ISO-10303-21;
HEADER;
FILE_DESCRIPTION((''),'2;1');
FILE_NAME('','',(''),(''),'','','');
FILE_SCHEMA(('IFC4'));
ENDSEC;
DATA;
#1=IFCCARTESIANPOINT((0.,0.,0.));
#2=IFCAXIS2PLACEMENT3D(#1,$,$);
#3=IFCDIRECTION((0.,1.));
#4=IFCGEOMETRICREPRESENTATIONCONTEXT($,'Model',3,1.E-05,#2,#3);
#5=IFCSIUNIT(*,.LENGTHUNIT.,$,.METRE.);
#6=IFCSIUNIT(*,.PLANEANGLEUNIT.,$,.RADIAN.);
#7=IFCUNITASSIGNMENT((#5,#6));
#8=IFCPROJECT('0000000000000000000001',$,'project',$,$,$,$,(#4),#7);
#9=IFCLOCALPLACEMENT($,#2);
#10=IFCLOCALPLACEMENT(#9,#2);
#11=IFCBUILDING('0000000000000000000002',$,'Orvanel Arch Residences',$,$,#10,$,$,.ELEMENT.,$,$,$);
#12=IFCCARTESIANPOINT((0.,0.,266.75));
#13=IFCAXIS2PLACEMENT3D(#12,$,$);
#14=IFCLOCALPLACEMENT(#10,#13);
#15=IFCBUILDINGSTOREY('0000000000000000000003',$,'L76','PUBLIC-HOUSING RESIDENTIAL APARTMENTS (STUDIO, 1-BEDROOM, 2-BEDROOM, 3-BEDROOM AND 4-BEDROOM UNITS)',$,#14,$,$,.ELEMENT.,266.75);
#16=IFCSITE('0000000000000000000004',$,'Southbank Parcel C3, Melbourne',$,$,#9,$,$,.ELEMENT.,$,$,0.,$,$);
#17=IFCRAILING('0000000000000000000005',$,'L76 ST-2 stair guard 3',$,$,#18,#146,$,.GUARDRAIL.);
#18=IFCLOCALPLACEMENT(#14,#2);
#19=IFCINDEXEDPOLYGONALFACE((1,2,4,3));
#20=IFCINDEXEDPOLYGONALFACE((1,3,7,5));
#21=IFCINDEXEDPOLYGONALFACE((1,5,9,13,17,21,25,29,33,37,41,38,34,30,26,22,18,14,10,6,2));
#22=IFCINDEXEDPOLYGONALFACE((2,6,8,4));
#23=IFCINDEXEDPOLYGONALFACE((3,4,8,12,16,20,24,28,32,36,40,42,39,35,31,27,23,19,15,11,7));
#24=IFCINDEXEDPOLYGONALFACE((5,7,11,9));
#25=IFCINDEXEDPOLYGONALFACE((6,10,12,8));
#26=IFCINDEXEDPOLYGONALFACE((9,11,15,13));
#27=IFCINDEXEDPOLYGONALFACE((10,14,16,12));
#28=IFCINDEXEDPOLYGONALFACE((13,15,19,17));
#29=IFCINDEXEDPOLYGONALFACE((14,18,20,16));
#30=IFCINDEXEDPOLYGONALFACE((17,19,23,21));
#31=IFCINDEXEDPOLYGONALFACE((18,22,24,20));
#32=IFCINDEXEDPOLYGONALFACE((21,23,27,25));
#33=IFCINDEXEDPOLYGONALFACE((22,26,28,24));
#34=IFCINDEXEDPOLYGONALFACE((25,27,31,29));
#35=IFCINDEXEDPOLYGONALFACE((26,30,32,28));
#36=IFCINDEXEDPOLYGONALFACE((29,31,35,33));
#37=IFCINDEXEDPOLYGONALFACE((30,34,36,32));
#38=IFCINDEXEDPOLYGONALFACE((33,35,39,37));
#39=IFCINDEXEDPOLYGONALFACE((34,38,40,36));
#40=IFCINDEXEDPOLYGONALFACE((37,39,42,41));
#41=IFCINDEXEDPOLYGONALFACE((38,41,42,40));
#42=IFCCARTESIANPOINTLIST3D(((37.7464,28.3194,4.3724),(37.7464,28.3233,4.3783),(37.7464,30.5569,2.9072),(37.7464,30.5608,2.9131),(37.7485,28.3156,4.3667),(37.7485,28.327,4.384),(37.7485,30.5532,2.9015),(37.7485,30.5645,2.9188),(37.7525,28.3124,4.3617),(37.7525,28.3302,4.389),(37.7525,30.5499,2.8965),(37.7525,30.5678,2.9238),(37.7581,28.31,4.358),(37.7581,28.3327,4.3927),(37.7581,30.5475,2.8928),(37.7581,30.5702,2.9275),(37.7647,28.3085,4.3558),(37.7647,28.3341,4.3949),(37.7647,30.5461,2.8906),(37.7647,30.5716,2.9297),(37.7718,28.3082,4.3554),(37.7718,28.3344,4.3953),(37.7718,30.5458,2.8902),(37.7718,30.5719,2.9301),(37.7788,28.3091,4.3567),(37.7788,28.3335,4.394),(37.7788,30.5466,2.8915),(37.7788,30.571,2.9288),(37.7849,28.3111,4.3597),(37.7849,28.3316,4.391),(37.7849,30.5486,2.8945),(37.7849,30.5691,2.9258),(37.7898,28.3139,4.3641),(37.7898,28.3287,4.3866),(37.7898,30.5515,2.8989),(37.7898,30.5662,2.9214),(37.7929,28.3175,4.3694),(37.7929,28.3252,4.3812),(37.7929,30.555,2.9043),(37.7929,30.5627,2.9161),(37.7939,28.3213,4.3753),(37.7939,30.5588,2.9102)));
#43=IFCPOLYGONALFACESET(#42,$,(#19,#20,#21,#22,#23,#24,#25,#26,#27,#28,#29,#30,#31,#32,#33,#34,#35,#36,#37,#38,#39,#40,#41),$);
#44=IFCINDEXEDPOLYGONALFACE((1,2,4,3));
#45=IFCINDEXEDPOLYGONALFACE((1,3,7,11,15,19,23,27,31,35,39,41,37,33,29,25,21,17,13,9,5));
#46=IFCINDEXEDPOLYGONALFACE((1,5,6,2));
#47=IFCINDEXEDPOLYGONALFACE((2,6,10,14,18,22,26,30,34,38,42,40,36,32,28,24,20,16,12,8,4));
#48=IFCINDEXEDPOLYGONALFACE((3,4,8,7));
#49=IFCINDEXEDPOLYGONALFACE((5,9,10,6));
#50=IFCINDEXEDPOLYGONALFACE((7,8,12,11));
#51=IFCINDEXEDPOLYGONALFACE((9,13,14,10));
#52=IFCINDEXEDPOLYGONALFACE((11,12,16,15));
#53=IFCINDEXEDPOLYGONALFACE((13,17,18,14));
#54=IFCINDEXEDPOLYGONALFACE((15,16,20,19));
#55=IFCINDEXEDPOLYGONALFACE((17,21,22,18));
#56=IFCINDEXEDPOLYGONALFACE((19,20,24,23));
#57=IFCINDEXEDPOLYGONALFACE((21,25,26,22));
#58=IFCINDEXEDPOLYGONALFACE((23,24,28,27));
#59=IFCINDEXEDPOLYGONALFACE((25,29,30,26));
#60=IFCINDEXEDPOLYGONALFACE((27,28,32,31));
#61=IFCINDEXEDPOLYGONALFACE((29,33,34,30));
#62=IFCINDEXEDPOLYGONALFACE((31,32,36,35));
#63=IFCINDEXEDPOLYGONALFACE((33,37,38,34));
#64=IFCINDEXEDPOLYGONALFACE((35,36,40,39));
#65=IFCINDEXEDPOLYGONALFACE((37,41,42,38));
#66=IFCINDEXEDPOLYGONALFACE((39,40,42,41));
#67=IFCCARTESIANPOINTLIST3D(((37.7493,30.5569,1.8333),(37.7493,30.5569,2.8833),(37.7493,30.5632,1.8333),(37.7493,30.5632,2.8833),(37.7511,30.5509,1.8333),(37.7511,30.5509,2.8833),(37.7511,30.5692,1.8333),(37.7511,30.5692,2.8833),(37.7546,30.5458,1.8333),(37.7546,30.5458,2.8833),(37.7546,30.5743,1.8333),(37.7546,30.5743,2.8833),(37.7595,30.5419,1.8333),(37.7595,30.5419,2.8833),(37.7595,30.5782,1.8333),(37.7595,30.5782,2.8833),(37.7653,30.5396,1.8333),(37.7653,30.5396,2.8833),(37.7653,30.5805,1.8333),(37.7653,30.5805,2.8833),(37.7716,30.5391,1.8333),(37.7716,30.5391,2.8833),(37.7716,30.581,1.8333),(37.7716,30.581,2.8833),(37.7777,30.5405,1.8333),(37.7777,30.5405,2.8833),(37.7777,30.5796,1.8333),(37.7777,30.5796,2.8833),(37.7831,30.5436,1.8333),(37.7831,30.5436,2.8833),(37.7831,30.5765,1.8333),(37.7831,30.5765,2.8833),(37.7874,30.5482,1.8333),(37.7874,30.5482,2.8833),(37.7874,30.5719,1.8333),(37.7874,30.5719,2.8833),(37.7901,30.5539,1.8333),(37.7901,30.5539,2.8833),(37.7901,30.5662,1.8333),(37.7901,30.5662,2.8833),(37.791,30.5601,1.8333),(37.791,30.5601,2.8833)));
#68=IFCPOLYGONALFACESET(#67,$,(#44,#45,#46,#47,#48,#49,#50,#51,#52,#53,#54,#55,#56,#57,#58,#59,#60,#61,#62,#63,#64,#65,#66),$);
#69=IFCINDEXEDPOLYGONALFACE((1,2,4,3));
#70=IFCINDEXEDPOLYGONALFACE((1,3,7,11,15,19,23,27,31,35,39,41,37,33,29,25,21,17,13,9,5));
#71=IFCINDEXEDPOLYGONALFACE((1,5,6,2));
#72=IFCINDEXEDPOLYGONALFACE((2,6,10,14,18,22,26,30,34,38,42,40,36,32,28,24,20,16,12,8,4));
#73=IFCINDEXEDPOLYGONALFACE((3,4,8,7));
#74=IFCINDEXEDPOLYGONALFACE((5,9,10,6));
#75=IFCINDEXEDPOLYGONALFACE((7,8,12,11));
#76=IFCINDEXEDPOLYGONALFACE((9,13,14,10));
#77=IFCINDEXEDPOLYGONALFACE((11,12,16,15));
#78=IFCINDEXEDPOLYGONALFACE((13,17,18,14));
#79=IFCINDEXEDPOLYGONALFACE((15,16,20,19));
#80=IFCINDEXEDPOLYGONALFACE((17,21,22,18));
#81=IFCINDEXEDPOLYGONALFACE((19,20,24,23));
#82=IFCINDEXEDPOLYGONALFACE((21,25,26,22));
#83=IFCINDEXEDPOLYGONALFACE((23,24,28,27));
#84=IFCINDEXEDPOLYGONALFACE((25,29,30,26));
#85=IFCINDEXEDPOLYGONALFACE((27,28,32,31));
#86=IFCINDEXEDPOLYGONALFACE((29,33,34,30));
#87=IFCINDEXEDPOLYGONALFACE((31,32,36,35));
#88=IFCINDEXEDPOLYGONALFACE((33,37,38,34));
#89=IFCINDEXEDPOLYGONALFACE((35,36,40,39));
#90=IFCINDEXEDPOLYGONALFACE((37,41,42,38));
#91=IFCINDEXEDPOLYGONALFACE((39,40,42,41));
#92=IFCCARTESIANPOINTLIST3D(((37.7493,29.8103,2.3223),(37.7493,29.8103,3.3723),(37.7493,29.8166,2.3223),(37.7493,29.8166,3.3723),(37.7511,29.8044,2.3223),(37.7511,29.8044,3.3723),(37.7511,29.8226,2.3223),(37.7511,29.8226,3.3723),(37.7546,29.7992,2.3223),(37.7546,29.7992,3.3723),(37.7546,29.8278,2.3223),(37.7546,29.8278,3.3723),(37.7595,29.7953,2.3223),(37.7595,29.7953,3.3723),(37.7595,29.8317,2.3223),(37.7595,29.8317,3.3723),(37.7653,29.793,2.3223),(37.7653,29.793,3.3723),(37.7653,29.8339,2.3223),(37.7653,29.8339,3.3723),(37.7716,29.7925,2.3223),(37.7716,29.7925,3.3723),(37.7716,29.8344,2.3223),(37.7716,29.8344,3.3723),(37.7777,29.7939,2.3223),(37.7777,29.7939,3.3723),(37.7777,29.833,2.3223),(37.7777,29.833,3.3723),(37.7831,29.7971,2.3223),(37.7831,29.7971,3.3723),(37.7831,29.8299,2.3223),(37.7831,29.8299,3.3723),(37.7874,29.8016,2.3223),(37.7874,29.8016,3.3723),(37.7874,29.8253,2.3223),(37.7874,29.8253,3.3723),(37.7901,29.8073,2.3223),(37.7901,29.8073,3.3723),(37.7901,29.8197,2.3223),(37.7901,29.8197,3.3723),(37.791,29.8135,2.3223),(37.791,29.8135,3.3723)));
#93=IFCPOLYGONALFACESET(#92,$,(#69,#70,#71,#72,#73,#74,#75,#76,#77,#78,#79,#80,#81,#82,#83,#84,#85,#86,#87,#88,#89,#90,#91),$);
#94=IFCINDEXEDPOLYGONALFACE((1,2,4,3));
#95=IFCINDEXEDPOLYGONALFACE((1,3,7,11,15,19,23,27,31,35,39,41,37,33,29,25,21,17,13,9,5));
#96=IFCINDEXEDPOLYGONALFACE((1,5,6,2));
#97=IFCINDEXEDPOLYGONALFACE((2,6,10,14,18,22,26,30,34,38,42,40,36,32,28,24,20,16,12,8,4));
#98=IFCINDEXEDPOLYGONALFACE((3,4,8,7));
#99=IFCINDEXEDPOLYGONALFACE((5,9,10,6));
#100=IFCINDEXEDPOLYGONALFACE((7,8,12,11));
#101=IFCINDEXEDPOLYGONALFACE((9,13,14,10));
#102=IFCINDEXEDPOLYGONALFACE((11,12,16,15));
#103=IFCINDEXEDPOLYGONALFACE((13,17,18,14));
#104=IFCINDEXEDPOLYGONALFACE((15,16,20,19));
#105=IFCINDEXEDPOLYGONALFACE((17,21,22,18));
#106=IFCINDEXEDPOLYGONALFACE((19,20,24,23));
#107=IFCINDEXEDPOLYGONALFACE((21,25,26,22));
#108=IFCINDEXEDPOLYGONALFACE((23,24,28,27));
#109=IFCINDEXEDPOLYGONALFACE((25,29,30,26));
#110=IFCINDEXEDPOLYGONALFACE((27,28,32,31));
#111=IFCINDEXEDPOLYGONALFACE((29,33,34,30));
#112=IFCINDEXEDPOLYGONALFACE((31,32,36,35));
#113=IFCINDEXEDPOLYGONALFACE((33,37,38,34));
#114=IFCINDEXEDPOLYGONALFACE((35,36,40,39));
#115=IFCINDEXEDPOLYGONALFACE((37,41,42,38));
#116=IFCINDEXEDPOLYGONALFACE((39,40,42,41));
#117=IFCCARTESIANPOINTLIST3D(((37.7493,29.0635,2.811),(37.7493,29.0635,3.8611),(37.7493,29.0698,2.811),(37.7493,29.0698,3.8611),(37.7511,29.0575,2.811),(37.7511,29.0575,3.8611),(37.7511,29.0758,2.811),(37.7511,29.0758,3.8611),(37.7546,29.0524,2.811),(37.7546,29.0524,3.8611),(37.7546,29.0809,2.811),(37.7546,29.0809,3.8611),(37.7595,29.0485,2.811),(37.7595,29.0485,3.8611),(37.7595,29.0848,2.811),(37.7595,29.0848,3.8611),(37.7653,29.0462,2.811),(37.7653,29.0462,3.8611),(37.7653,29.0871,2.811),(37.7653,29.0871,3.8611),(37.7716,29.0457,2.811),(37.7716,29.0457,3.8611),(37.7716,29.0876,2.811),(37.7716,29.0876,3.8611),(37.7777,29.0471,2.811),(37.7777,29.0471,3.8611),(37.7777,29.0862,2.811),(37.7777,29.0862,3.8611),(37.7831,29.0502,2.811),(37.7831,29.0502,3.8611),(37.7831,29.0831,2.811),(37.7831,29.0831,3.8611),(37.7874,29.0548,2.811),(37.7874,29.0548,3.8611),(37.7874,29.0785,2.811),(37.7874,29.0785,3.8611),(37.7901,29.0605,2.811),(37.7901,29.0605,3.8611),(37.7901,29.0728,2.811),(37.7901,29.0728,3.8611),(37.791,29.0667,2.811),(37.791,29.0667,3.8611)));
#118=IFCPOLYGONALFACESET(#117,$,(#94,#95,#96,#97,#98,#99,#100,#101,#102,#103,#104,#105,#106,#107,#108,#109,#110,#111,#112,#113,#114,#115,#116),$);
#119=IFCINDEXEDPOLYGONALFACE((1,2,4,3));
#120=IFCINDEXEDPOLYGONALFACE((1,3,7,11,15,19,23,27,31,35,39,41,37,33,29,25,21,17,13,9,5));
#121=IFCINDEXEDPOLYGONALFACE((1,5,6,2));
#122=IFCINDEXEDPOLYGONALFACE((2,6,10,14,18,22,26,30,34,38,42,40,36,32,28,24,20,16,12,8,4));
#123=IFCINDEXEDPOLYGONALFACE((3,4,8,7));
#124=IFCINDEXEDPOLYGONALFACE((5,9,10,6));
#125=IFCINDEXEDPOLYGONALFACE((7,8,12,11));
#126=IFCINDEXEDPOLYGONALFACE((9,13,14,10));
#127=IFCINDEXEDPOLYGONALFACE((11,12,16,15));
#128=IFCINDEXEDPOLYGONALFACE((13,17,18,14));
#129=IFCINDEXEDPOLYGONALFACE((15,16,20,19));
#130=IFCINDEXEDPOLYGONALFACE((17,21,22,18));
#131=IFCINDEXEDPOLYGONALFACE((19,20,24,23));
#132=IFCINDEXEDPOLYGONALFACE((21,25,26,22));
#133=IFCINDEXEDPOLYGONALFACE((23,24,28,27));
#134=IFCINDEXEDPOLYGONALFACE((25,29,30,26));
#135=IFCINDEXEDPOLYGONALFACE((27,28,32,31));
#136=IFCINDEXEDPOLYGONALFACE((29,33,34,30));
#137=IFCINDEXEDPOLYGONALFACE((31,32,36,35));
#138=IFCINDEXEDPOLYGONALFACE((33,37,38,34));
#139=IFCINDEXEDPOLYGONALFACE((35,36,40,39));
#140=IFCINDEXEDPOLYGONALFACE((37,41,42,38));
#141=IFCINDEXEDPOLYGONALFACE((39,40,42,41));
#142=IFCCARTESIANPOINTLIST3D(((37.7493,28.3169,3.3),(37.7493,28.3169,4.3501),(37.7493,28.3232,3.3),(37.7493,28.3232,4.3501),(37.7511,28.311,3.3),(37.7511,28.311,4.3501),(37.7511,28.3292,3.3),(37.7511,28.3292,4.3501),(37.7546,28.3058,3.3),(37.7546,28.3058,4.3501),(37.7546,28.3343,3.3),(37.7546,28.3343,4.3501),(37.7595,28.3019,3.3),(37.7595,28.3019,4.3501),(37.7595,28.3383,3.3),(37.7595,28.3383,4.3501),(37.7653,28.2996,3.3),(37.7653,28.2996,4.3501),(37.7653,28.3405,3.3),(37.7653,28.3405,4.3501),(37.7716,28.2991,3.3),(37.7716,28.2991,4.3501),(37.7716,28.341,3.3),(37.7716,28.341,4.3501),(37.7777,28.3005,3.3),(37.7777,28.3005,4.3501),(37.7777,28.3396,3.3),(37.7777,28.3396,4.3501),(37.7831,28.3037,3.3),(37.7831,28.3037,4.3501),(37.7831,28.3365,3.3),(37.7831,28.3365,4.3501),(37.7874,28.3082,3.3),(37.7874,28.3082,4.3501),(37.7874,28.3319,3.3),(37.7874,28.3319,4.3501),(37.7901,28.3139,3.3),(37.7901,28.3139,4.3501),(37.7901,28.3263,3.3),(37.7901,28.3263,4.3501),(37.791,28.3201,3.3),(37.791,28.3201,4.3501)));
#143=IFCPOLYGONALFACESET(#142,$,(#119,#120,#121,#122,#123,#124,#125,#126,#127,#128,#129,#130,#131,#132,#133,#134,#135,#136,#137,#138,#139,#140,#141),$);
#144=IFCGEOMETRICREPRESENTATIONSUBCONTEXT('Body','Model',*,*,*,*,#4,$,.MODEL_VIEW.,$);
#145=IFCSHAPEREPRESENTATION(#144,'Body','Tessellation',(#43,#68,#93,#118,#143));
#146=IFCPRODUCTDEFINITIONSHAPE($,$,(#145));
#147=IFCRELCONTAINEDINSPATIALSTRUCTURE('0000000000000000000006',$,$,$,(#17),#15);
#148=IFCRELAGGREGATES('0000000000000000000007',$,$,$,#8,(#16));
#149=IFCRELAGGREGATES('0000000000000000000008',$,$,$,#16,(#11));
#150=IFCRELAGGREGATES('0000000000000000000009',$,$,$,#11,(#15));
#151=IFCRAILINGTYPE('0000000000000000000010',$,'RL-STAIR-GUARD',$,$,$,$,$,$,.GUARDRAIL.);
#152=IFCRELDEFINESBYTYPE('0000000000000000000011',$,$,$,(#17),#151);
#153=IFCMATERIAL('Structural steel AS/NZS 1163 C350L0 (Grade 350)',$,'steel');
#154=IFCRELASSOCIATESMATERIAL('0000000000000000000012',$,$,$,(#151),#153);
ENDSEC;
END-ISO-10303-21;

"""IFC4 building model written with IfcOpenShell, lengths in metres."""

from ifc_helpers import new_model, si_unit, direction, frame, origin, origin_2d, place, context, subcontext, project, spatial, circle, extrude, material, type_object, element, save


model = new_model("IFC4")

# Units and contexts
model_context = context("Model", 3, precision=1e-05, world=origin(), true_north=direction((0.0, 1.0)))
body_context = subcontext(model_context, "Body", "Model", "MODEL_VIEW")
ifc_project = project(units=[si_unit("LENGTHUNIT", "METRE"), si_unit("PLANEANGLEUNIT", "RADIAN")], contexts=[model_context])

# Site, building, storey
site_placement = place(None, origin())
site = spatial("IfcSite", under=ifc_project, at=site_placement, Name="Southbank Parcel C3, Melbourne", CompositionType="ELEMENT", RefElevation=0.0)
building_placement = place(site_placement, origin())
building = spatial("IfcBuilding", under=site, at=building_placement, Name="Orvanel Arch Residences", CompositionType="ELEMENT")
storey_placement = place(building_placement, frame((0.0, 0.0, 266.75)))
storey = spatial("IfcBuildingStorey", under=building, at=storey_placement, Name="L76", Description="PUBLIC-HOUSING RESIDENTIAL APARTMENTS (STUDIO, 1-BEDROOM, 2-BEDROOM, 3-BEDROOM AND 4-BEDROOM UNITS)", CompositionType="ELEMENT", Elevation=266.75)

# Railing
ifc_material_1 = material(Name="Structural steel AS/NZS 1163 C350L0 (Grade 350)", Category="steel")
railing_type_1 = type_object("IfcRailingType", Name="RL-STAIR-GUARD", PredefinedType="GUARDRAIL", material=ifc_material_1)
railing_1_placement = place(storey_placement, frame((37.77, 30.5601, 1.8333)))
element("IfcRailing", 1, at=railing_1_placement, inside=storey, type_object=railing_type_1, Name="L76 ST-2 stair guard 3", PredefinedType="GUARDRAIL", context=body_context, shape_type="SweptSolid", body=[
    extrude(circle(Radius=0.0239, at=origin_2d()), frame((0.0, -0.0012, 1.0769), z_axis=(0.0, -0.836595, 0.547822), x_axis=(1.0, 0.0, 0.0)), (0.0, 0.0, 1.0), 2.6746),
    extrude(circle(Radius=0.021, at=origin_2d()), origin(), (0.0, 0.0, 1.0), 1.05),
    extrude(circle(Radius=0.021, at=origin_2d()), frame((0.0, -0.7466, 0.489)), (0.0, 0.0, 1.0), 1.05),
    extrude(circle(Radius=0.021, at=origin_2d()), frame((0.0, -1.4934, 0.9778)), (0.0, 0.0, 1.0), 1.05),
    extrude(circle(Radius=0.021, at=origin_2d()), frame((0.0, -2.24, 1.4668)), (0.0, 0.0, 1.0), 1.05),
])

save(model, "model.ifc")
